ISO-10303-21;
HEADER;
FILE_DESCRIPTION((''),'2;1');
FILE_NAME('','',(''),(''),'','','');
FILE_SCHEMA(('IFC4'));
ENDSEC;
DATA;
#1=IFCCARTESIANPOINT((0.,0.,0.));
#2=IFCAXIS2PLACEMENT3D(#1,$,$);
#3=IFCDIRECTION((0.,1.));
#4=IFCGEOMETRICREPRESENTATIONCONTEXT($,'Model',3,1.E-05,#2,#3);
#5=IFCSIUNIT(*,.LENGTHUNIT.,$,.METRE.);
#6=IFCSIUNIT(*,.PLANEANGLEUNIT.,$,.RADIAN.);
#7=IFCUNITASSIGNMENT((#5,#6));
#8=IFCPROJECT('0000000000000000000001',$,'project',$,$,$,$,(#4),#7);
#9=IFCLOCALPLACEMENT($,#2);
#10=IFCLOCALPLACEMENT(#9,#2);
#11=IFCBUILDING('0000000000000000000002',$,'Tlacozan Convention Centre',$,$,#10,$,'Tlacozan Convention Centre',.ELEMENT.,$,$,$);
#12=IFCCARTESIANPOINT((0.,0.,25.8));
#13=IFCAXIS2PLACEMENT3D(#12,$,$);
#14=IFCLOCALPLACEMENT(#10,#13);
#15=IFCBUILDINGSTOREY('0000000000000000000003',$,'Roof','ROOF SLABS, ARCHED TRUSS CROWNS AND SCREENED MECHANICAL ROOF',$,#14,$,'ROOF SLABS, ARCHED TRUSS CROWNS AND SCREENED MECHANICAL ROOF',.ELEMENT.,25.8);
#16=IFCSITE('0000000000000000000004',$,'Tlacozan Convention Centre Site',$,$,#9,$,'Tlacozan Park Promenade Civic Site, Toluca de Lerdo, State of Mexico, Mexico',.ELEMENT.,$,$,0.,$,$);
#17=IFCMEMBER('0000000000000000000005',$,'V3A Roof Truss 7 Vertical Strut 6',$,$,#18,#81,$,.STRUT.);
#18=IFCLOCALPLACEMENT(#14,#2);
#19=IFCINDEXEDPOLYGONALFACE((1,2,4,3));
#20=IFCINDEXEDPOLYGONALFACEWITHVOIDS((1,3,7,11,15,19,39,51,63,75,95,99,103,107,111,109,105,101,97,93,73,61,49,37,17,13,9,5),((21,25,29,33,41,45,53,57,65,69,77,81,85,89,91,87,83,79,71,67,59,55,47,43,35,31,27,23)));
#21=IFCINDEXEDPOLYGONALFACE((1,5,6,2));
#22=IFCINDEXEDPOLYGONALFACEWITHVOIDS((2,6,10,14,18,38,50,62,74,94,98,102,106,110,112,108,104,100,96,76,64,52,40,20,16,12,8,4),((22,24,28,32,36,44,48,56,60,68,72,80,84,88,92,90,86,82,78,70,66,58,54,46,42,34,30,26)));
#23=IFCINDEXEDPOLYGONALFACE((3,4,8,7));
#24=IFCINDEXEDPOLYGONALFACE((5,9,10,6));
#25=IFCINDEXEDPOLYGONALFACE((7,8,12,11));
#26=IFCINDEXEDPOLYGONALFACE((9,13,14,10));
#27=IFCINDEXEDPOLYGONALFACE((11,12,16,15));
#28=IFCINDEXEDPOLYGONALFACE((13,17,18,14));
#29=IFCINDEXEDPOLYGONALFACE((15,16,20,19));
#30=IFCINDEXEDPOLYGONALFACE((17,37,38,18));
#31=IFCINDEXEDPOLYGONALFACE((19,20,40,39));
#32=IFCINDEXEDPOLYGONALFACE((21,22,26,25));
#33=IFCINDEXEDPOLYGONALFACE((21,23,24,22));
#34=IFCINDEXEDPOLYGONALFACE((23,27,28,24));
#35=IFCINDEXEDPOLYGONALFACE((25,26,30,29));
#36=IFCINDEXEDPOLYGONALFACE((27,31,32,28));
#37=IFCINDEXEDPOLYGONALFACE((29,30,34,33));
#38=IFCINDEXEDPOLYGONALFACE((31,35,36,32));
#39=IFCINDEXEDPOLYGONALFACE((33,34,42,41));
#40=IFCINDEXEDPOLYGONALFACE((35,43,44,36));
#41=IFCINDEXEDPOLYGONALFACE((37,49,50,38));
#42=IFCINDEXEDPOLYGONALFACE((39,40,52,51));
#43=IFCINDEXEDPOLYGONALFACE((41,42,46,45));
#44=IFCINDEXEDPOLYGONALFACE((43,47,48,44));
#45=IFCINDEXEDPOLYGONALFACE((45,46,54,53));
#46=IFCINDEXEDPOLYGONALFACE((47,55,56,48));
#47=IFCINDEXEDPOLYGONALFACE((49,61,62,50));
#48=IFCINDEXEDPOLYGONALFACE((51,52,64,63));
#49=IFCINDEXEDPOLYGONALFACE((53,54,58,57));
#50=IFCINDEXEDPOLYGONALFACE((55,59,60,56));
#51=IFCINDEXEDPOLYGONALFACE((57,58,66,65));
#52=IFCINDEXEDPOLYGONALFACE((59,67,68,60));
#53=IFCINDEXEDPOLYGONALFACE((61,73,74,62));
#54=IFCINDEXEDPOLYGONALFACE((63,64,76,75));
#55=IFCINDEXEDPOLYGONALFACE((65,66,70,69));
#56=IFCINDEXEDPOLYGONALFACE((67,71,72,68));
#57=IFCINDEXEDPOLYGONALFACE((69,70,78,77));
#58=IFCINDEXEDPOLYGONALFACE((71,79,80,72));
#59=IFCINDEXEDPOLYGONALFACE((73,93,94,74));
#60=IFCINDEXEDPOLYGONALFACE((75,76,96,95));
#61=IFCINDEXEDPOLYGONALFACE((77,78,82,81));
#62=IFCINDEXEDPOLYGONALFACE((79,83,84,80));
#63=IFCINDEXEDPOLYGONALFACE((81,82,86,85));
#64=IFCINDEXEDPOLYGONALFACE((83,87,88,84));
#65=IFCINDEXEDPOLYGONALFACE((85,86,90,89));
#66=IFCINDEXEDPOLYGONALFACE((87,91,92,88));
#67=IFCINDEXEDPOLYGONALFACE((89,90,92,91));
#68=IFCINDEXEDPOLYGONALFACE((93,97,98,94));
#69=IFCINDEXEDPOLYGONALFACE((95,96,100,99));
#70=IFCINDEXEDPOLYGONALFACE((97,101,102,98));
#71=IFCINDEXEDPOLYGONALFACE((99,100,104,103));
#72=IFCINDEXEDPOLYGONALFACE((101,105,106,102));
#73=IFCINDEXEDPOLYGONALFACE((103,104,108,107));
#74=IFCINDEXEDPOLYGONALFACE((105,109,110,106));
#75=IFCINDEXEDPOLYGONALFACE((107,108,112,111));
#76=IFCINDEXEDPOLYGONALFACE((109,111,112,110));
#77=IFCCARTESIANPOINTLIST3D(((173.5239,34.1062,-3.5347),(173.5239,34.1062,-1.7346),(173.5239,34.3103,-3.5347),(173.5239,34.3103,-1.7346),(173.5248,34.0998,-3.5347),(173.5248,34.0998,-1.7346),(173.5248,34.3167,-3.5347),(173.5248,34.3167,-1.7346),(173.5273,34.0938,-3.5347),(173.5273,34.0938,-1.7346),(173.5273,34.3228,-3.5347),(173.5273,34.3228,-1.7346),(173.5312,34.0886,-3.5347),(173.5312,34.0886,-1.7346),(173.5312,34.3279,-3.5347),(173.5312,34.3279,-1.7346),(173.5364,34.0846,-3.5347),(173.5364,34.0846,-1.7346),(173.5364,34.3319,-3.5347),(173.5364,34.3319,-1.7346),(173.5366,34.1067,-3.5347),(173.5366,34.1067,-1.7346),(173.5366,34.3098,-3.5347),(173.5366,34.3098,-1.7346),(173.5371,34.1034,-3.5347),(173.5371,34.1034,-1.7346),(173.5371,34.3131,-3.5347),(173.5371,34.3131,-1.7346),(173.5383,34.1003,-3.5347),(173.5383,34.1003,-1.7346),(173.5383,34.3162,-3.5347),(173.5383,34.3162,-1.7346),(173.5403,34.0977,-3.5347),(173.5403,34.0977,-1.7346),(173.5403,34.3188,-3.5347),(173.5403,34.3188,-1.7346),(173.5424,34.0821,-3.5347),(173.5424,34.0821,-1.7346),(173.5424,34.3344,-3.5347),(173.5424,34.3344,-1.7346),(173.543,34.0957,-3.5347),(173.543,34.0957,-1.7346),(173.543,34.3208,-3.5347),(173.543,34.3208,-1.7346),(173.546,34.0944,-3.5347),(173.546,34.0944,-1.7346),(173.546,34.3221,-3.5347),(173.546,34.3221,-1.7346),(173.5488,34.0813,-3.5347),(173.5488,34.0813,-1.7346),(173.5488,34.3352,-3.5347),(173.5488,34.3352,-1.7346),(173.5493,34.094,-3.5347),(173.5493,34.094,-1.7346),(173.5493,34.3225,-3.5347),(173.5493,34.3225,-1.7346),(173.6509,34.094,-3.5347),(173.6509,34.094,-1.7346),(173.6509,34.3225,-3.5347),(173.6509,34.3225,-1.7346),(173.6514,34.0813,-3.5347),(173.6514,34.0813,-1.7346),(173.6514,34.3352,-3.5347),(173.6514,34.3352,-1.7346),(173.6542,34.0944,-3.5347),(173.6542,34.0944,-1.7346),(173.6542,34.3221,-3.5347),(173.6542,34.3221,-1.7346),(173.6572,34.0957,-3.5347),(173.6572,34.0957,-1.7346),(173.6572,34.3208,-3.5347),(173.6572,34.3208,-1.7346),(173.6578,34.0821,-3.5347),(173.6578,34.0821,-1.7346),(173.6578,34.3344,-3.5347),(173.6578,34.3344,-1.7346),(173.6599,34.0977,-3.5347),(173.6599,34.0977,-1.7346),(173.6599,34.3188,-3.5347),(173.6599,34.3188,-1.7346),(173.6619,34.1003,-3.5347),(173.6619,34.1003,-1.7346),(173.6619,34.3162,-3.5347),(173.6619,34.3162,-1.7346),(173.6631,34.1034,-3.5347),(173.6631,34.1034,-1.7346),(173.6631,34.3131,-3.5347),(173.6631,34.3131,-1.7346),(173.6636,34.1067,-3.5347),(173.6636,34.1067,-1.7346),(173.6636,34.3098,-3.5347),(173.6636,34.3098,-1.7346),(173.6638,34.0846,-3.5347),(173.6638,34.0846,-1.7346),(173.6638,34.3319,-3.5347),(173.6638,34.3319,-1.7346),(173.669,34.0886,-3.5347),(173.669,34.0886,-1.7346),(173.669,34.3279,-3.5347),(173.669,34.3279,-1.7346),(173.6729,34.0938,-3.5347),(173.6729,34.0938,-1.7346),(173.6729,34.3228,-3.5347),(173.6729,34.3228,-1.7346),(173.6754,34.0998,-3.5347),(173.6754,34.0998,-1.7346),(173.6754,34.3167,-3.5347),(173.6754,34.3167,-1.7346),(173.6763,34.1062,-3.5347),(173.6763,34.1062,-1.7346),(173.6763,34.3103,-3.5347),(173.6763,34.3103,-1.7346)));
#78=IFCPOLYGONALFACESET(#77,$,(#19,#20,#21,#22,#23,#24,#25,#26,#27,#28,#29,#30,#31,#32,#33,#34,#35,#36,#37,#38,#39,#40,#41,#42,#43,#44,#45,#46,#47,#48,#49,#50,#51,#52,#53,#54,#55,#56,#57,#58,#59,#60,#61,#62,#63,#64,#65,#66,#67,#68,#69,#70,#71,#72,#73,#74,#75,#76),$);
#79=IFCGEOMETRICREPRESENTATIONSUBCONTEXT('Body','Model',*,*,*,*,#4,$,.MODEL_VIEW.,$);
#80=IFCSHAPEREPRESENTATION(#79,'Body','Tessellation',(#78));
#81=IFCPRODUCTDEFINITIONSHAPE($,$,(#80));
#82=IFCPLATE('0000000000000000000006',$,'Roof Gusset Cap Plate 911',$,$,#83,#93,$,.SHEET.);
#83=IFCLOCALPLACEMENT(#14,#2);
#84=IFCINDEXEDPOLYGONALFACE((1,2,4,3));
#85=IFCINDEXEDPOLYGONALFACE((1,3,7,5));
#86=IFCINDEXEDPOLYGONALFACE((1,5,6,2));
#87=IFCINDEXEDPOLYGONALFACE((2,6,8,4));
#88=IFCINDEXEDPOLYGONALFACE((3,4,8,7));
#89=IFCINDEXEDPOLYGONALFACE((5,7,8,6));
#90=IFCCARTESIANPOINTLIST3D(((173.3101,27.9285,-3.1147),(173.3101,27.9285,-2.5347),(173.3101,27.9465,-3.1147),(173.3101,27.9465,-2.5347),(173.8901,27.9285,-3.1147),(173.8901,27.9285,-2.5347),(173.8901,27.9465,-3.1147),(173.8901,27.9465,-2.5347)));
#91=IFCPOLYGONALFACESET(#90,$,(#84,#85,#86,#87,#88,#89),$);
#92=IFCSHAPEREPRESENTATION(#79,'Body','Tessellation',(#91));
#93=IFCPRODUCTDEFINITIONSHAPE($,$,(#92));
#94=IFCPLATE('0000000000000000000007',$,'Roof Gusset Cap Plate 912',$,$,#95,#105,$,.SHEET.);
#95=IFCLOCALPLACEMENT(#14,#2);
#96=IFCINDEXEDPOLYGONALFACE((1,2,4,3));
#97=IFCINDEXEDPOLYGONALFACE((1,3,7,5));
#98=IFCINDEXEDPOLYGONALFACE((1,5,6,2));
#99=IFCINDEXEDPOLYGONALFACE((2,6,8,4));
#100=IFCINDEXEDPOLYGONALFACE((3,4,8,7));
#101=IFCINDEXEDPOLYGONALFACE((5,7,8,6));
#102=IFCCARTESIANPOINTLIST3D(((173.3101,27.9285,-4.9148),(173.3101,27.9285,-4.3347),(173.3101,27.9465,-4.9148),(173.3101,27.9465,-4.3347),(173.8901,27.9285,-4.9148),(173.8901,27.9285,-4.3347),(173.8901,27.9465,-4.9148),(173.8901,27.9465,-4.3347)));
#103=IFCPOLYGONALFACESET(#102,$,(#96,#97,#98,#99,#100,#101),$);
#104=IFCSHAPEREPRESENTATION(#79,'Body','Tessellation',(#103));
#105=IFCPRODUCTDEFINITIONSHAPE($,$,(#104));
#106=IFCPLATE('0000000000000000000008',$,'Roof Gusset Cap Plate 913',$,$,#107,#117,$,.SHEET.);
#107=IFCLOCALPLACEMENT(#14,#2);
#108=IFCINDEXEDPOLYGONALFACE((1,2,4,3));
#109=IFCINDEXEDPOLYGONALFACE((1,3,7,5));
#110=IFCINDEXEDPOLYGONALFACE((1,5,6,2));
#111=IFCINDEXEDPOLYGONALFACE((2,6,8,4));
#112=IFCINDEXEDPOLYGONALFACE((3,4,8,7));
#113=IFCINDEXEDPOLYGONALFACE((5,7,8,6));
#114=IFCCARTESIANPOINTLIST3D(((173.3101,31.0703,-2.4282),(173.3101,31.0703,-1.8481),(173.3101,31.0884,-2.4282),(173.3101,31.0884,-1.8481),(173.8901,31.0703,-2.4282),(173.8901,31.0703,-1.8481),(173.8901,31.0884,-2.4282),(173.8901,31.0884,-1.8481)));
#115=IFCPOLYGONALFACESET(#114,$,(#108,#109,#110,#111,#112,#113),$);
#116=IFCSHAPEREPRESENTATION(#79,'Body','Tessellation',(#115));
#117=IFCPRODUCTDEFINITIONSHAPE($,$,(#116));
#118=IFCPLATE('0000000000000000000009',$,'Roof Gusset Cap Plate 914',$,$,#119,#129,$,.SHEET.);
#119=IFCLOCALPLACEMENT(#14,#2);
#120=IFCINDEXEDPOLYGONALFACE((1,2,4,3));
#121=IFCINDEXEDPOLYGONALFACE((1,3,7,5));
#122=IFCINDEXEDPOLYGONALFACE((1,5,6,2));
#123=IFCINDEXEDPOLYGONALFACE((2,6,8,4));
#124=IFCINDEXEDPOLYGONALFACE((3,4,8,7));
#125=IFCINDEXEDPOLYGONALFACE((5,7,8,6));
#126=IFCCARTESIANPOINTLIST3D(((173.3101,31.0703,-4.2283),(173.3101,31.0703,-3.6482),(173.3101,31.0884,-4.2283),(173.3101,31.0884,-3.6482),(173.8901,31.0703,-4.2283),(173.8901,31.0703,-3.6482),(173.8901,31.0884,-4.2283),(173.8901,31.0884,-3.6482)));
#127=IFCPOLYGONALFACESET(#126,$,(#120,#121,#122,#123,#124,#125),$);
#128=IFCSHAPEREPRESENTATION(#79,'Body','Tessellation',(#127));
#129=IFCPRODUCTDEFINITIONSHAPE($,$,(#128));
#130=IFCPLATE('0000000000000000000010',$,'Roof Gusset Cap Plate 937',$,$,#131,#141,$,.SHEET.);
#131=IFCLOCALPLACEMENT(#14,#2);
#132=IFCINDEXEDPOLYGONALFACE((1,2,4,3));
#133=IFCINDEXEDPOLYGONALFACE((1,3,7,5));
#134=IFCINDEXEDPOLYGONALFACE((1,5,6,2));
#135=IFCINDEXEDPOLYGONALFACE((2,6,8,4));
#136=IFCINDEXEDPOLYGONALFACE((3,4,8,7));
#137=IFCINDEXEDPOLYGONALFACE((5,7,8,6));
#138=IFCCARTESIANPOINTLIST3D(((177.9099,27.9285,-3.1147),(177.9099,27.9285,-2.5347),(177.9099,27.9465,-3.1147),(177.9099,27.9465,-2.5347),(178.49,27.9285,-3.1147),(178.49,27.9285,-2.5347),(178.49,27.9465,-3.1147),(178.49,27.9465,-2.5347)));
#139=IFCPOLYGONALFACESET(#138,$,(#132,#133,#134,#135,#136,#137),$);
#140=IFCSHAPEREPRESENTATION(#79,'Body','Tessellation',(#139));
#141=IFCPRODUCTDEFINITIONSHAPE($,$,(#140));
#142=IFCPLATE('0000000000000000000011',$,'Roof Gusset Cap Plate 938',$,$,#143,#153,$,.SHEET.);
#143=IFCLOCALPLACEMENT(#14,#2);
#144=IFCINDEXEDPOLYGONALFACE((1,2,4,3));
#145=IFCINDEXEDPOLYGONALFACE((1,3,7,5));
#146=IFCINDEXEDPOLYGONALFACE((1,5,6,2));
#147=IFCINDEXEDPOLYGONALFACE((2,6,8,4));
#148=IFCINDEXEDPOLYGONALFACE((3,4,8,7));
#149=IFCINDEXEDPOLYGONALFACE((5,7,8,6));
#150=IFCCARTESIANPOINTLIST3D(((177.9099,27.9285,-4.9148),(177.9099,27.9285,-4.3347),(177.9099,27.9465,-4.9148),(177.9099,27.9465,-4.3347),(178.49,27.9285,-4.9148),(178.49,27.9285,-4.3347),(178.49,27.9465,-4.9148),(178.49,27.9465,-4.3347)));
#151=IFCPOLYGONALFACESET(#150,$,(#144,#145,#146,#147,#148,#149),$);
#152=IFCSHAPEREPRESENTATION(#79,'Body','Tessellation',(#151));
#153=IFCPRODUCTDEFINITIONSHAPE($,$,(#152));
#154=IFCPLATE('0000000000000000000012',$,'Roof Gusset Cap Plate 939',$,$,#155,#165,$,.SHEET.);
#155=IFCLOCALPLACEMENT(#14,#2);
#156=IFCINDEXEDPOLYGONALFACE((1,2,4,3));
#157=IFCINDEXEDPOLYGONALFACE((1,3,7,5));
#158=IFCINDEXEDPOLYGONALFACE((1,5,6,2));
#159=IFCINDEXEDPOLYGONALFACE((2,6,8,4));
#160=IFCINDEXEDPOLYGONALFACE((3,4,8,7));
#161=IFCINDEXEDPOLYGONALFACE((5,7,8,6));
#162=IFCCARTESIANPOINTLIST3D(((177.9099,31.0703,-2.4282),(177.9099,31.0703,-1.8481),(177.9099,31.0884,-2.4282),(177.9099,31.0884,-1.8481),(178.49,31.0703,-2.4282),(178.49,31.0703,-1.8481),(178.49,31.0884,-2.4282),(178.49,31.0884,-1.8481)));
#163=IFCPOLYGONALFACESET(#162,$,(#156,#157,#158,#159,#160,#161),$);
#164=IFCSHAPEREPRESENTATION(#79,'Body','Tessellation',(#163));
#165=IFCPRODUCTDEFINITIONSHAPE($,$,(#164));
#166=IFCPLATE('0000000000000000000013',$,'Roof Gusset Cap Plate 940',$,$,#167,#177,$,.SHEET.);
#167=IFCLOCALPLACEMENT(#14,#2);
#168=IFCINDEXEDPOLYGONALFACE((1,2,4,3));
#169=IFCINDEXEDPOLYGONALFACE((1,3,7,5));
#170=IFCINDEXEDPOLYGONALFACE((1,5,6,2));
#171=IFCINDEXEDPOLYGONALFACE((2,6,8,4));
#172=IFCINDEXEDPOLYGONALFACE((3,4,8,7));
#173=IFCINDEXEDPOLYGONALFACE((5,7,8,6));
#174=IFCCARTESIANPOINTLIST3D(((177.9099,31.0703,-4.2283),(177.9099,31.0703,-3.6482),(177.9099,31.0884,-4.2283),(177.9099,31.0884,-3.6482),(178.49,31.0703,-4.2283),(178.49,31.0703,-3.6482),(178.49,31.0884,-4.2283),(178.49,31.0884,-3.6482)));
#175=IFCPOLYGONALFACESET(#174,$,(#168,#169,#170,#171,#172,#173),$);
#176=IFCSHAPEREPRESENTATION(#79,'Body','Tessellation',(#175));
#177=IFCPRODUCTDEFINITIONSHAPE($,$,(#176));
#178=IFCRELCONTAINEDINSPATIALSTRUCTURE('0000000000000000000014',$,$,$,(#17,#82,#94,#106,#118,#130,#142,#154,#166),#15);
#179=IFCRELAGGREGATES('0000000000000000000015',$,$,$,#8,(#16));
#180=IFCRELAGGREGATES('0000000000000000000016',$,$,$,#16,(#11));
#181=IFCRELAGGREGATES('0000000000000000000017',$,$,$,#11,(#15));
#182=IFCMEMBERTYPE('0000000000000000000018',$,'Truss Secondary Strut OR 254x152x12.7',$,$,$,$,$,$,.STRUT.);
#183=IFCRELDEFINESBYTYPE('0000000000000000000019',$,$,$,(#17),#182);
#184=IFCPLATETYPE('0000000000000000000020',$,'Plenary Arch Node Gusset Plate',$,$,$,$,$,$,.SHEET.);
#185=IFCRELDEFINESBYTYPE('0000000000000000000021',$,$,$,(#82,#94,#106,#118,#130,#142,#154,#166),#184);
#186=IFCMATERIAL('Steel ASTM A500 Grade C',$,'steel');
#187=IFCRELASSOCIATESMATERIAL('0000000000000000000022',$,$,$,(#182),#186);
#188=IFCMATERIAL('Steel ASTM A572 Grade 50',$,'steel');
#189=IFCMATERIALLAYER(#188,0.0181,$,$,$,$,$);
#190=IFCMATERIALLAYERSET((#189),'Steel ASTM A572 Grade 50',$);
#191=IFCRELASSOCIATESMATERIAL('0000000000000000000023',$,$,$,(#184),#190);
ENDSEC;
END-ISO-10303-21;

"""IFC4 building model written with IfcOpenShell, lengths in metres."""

from ifc_helpers import new_model, si_unit, direction, frame, origin, origin_2d, place, context, subcontext, project, spatial, rectangle, hollow_rectangle, extrude, material, layer, layer_set, material_profile, profile_set, type_object, element, save


model = new_model("IFC4")

# Units and contexts
model_context = context("Model", 3, precision=1e-05, world=origin(), true_north=direction((0.0, 1.0)))
body_context = subcontext(model_context, "Body", "Model", "MODEL_VIEW")
ifc_project = project(units=[si_unit("LENGTHUNIT", "METRE"), si_unit("PLANEANGLEUNIT", "RADIAN")], contexts=[model_context])

# Site, building, storey
site_placement = place(None, origin())
site = spatial("IfcSite", under=ifc_project, at=site_placement, Name="Tlacozan Convention Centre Site", LongName="Tlacozan Park Promenade Civic Site, Toluca de Lerdo, State of Mexico, Mexico", CompositionType="ELEMENT", RefElevation=0.0)
building_placement = place(site_placement, origin())
building = spatial("IfcBuilding", under=site, at=building_placement, Name="Tlacozan Convention Centre", LongName="Tlacozan Convention Centre", CompositionType="ELEMENT")
storey_placement = place(building_placement, frame((0.0, 0.0, 25.8)))
storey = spatial("IfcBuildingStorey", under=building, at=storey_placement, Name="Roof", Description="ROOF SLABS, ARCHED TRUSS CROWNS AND SCREENED MECHANICAL ROOF", LongName="ROOF SLABS, ARCHED TRUSS CROWNS AND SCREENED MECHANICAL ROOF", CompositionType="ELEMENT", Elevation=25.8)

# Member
ifc_material_1 = material(Name="Steel ASTM A500 Grade C", Category="steel")
ifc_material_profile_1 = material_profile(ifc_material_1, hollow_rectangle(XDim=0.1523, YDim=0.2539, WallThickness=0.0127, InnerFilletRadius=0.0127, OuterFilletRadius=0.0249, at=origin_2d()), Name="OR 254x152x12.7")
ifc_profile_set_1 = profile_set([ifc_material_profile_1], Name="Steel ASTM A500 Grade C")
member_type_1 = type_object("IfcMemberType", Name="Truss Secondary Strut OR 254x152x12.7", PredefinedType="STRUT", material=ifc_profile_set_1)
member_1_placement = place(storey_placement, frame((173.6001, 34.2083, -3.5347), z_axis=(0.0, 0.0, 1.0), x_axis=(1.0, 0.0, 0.0)))
element("IfcMember", 1, at=member_1_placement, inside=storey, type_object=member_type_1, Name="V3A Roof Truss 7 Vertical Strut 6", PredefinedType="STRUT", context=body_context, shape_type="SweptSolid", body=[
    extrude(hollow_rectangle(XDim=0.1523, YDim=0.2539, WallThickness=0.0127, InnerFilletRadius=0.0127, OuterFilletRadius=0.0249, at=origin_2d()), origin(), (0.0, 0.0, 1.0), 1.8),
])

# Plates
ifc_material_2 = material(Name="Steel ASTM A572 Grade 50", Category="steel")
ifc_layer = layer(ifc_material_2, 0.0181)
ifc_layer_set = layer_set([ifc_layer], Name="Steel ASTM A572 Grade 50")
plate_type = type_object("IfcPlateType", Name="Plenary Arch Node Gusset Plate", PredefinedType="SHEET", material=ifc_layer_set)
for number, where, z_axis, x_axis, name in (
    (2, (173.6001, 27.9375, -3.1147), (0.0, 0.0, 1.0), (0.0, 1.0, 0.0), "Roof Gusset Cap Plate 911"),
    (3, (173.6001, 27.9375, -4.9148), (0.0, 0.0, 1.0), (0.0, 1.0, 0.0), "Roof Gusset Cap Plate 912"),
    (4, (173.6001, 31.0793, -2.4282), (0.0, 0.0, 1.0), (0.0, 1.0, 0.0), "Roof Gusset Cap Plate 913"),
    (5, (173.6001, 31.0793, -4.2283), (0.0, 0.0, 1.0), (0.0, 1.0, 0.0), "Roof Gusset Cap Plate 914"),
    (6, (178.2, 27.9375, -3.1147), (0.0, 0.0, 1.0), (0.0, 1.0, 0.0), "Roof Gusset Cap Plate 937"),
    (7, (178.2, 27.9375, -4.9148), (0.0, 0.0, 1.0), (0.0, 1.0, 0.0), "Roof Gusset Cap Plate 938"),
    (8, (178.2, 31.0793, -2.4282), (0.0, 0.0, 1.0), (0.0, 1.0, 0.0), "Roof Gusset Cap Plate 939"),
    (9, (178.2, 31.0793, -4.2283), (0.0, 0.0, 1.0), (0.0, 1.0, 0.0), "Roof Gusset Cap Plate 940"),
):
    element("IfcPlate", number, at=place(storey_placement, frame(where, z_axis=z_axis, x_axis=x_axis)), inside=storey, type_object=plate_type, Name=name, PredefinedType="SHEET", context=body_context, shape_type="SweptSolid", body=[
        extrude(rectangle(XDim=0.0181, YDim=0.5801, at=origin_2d()), origin(), (0.0, 0.0, 1.0), 0.5801),
    ])

save(model, "model.ifc")
